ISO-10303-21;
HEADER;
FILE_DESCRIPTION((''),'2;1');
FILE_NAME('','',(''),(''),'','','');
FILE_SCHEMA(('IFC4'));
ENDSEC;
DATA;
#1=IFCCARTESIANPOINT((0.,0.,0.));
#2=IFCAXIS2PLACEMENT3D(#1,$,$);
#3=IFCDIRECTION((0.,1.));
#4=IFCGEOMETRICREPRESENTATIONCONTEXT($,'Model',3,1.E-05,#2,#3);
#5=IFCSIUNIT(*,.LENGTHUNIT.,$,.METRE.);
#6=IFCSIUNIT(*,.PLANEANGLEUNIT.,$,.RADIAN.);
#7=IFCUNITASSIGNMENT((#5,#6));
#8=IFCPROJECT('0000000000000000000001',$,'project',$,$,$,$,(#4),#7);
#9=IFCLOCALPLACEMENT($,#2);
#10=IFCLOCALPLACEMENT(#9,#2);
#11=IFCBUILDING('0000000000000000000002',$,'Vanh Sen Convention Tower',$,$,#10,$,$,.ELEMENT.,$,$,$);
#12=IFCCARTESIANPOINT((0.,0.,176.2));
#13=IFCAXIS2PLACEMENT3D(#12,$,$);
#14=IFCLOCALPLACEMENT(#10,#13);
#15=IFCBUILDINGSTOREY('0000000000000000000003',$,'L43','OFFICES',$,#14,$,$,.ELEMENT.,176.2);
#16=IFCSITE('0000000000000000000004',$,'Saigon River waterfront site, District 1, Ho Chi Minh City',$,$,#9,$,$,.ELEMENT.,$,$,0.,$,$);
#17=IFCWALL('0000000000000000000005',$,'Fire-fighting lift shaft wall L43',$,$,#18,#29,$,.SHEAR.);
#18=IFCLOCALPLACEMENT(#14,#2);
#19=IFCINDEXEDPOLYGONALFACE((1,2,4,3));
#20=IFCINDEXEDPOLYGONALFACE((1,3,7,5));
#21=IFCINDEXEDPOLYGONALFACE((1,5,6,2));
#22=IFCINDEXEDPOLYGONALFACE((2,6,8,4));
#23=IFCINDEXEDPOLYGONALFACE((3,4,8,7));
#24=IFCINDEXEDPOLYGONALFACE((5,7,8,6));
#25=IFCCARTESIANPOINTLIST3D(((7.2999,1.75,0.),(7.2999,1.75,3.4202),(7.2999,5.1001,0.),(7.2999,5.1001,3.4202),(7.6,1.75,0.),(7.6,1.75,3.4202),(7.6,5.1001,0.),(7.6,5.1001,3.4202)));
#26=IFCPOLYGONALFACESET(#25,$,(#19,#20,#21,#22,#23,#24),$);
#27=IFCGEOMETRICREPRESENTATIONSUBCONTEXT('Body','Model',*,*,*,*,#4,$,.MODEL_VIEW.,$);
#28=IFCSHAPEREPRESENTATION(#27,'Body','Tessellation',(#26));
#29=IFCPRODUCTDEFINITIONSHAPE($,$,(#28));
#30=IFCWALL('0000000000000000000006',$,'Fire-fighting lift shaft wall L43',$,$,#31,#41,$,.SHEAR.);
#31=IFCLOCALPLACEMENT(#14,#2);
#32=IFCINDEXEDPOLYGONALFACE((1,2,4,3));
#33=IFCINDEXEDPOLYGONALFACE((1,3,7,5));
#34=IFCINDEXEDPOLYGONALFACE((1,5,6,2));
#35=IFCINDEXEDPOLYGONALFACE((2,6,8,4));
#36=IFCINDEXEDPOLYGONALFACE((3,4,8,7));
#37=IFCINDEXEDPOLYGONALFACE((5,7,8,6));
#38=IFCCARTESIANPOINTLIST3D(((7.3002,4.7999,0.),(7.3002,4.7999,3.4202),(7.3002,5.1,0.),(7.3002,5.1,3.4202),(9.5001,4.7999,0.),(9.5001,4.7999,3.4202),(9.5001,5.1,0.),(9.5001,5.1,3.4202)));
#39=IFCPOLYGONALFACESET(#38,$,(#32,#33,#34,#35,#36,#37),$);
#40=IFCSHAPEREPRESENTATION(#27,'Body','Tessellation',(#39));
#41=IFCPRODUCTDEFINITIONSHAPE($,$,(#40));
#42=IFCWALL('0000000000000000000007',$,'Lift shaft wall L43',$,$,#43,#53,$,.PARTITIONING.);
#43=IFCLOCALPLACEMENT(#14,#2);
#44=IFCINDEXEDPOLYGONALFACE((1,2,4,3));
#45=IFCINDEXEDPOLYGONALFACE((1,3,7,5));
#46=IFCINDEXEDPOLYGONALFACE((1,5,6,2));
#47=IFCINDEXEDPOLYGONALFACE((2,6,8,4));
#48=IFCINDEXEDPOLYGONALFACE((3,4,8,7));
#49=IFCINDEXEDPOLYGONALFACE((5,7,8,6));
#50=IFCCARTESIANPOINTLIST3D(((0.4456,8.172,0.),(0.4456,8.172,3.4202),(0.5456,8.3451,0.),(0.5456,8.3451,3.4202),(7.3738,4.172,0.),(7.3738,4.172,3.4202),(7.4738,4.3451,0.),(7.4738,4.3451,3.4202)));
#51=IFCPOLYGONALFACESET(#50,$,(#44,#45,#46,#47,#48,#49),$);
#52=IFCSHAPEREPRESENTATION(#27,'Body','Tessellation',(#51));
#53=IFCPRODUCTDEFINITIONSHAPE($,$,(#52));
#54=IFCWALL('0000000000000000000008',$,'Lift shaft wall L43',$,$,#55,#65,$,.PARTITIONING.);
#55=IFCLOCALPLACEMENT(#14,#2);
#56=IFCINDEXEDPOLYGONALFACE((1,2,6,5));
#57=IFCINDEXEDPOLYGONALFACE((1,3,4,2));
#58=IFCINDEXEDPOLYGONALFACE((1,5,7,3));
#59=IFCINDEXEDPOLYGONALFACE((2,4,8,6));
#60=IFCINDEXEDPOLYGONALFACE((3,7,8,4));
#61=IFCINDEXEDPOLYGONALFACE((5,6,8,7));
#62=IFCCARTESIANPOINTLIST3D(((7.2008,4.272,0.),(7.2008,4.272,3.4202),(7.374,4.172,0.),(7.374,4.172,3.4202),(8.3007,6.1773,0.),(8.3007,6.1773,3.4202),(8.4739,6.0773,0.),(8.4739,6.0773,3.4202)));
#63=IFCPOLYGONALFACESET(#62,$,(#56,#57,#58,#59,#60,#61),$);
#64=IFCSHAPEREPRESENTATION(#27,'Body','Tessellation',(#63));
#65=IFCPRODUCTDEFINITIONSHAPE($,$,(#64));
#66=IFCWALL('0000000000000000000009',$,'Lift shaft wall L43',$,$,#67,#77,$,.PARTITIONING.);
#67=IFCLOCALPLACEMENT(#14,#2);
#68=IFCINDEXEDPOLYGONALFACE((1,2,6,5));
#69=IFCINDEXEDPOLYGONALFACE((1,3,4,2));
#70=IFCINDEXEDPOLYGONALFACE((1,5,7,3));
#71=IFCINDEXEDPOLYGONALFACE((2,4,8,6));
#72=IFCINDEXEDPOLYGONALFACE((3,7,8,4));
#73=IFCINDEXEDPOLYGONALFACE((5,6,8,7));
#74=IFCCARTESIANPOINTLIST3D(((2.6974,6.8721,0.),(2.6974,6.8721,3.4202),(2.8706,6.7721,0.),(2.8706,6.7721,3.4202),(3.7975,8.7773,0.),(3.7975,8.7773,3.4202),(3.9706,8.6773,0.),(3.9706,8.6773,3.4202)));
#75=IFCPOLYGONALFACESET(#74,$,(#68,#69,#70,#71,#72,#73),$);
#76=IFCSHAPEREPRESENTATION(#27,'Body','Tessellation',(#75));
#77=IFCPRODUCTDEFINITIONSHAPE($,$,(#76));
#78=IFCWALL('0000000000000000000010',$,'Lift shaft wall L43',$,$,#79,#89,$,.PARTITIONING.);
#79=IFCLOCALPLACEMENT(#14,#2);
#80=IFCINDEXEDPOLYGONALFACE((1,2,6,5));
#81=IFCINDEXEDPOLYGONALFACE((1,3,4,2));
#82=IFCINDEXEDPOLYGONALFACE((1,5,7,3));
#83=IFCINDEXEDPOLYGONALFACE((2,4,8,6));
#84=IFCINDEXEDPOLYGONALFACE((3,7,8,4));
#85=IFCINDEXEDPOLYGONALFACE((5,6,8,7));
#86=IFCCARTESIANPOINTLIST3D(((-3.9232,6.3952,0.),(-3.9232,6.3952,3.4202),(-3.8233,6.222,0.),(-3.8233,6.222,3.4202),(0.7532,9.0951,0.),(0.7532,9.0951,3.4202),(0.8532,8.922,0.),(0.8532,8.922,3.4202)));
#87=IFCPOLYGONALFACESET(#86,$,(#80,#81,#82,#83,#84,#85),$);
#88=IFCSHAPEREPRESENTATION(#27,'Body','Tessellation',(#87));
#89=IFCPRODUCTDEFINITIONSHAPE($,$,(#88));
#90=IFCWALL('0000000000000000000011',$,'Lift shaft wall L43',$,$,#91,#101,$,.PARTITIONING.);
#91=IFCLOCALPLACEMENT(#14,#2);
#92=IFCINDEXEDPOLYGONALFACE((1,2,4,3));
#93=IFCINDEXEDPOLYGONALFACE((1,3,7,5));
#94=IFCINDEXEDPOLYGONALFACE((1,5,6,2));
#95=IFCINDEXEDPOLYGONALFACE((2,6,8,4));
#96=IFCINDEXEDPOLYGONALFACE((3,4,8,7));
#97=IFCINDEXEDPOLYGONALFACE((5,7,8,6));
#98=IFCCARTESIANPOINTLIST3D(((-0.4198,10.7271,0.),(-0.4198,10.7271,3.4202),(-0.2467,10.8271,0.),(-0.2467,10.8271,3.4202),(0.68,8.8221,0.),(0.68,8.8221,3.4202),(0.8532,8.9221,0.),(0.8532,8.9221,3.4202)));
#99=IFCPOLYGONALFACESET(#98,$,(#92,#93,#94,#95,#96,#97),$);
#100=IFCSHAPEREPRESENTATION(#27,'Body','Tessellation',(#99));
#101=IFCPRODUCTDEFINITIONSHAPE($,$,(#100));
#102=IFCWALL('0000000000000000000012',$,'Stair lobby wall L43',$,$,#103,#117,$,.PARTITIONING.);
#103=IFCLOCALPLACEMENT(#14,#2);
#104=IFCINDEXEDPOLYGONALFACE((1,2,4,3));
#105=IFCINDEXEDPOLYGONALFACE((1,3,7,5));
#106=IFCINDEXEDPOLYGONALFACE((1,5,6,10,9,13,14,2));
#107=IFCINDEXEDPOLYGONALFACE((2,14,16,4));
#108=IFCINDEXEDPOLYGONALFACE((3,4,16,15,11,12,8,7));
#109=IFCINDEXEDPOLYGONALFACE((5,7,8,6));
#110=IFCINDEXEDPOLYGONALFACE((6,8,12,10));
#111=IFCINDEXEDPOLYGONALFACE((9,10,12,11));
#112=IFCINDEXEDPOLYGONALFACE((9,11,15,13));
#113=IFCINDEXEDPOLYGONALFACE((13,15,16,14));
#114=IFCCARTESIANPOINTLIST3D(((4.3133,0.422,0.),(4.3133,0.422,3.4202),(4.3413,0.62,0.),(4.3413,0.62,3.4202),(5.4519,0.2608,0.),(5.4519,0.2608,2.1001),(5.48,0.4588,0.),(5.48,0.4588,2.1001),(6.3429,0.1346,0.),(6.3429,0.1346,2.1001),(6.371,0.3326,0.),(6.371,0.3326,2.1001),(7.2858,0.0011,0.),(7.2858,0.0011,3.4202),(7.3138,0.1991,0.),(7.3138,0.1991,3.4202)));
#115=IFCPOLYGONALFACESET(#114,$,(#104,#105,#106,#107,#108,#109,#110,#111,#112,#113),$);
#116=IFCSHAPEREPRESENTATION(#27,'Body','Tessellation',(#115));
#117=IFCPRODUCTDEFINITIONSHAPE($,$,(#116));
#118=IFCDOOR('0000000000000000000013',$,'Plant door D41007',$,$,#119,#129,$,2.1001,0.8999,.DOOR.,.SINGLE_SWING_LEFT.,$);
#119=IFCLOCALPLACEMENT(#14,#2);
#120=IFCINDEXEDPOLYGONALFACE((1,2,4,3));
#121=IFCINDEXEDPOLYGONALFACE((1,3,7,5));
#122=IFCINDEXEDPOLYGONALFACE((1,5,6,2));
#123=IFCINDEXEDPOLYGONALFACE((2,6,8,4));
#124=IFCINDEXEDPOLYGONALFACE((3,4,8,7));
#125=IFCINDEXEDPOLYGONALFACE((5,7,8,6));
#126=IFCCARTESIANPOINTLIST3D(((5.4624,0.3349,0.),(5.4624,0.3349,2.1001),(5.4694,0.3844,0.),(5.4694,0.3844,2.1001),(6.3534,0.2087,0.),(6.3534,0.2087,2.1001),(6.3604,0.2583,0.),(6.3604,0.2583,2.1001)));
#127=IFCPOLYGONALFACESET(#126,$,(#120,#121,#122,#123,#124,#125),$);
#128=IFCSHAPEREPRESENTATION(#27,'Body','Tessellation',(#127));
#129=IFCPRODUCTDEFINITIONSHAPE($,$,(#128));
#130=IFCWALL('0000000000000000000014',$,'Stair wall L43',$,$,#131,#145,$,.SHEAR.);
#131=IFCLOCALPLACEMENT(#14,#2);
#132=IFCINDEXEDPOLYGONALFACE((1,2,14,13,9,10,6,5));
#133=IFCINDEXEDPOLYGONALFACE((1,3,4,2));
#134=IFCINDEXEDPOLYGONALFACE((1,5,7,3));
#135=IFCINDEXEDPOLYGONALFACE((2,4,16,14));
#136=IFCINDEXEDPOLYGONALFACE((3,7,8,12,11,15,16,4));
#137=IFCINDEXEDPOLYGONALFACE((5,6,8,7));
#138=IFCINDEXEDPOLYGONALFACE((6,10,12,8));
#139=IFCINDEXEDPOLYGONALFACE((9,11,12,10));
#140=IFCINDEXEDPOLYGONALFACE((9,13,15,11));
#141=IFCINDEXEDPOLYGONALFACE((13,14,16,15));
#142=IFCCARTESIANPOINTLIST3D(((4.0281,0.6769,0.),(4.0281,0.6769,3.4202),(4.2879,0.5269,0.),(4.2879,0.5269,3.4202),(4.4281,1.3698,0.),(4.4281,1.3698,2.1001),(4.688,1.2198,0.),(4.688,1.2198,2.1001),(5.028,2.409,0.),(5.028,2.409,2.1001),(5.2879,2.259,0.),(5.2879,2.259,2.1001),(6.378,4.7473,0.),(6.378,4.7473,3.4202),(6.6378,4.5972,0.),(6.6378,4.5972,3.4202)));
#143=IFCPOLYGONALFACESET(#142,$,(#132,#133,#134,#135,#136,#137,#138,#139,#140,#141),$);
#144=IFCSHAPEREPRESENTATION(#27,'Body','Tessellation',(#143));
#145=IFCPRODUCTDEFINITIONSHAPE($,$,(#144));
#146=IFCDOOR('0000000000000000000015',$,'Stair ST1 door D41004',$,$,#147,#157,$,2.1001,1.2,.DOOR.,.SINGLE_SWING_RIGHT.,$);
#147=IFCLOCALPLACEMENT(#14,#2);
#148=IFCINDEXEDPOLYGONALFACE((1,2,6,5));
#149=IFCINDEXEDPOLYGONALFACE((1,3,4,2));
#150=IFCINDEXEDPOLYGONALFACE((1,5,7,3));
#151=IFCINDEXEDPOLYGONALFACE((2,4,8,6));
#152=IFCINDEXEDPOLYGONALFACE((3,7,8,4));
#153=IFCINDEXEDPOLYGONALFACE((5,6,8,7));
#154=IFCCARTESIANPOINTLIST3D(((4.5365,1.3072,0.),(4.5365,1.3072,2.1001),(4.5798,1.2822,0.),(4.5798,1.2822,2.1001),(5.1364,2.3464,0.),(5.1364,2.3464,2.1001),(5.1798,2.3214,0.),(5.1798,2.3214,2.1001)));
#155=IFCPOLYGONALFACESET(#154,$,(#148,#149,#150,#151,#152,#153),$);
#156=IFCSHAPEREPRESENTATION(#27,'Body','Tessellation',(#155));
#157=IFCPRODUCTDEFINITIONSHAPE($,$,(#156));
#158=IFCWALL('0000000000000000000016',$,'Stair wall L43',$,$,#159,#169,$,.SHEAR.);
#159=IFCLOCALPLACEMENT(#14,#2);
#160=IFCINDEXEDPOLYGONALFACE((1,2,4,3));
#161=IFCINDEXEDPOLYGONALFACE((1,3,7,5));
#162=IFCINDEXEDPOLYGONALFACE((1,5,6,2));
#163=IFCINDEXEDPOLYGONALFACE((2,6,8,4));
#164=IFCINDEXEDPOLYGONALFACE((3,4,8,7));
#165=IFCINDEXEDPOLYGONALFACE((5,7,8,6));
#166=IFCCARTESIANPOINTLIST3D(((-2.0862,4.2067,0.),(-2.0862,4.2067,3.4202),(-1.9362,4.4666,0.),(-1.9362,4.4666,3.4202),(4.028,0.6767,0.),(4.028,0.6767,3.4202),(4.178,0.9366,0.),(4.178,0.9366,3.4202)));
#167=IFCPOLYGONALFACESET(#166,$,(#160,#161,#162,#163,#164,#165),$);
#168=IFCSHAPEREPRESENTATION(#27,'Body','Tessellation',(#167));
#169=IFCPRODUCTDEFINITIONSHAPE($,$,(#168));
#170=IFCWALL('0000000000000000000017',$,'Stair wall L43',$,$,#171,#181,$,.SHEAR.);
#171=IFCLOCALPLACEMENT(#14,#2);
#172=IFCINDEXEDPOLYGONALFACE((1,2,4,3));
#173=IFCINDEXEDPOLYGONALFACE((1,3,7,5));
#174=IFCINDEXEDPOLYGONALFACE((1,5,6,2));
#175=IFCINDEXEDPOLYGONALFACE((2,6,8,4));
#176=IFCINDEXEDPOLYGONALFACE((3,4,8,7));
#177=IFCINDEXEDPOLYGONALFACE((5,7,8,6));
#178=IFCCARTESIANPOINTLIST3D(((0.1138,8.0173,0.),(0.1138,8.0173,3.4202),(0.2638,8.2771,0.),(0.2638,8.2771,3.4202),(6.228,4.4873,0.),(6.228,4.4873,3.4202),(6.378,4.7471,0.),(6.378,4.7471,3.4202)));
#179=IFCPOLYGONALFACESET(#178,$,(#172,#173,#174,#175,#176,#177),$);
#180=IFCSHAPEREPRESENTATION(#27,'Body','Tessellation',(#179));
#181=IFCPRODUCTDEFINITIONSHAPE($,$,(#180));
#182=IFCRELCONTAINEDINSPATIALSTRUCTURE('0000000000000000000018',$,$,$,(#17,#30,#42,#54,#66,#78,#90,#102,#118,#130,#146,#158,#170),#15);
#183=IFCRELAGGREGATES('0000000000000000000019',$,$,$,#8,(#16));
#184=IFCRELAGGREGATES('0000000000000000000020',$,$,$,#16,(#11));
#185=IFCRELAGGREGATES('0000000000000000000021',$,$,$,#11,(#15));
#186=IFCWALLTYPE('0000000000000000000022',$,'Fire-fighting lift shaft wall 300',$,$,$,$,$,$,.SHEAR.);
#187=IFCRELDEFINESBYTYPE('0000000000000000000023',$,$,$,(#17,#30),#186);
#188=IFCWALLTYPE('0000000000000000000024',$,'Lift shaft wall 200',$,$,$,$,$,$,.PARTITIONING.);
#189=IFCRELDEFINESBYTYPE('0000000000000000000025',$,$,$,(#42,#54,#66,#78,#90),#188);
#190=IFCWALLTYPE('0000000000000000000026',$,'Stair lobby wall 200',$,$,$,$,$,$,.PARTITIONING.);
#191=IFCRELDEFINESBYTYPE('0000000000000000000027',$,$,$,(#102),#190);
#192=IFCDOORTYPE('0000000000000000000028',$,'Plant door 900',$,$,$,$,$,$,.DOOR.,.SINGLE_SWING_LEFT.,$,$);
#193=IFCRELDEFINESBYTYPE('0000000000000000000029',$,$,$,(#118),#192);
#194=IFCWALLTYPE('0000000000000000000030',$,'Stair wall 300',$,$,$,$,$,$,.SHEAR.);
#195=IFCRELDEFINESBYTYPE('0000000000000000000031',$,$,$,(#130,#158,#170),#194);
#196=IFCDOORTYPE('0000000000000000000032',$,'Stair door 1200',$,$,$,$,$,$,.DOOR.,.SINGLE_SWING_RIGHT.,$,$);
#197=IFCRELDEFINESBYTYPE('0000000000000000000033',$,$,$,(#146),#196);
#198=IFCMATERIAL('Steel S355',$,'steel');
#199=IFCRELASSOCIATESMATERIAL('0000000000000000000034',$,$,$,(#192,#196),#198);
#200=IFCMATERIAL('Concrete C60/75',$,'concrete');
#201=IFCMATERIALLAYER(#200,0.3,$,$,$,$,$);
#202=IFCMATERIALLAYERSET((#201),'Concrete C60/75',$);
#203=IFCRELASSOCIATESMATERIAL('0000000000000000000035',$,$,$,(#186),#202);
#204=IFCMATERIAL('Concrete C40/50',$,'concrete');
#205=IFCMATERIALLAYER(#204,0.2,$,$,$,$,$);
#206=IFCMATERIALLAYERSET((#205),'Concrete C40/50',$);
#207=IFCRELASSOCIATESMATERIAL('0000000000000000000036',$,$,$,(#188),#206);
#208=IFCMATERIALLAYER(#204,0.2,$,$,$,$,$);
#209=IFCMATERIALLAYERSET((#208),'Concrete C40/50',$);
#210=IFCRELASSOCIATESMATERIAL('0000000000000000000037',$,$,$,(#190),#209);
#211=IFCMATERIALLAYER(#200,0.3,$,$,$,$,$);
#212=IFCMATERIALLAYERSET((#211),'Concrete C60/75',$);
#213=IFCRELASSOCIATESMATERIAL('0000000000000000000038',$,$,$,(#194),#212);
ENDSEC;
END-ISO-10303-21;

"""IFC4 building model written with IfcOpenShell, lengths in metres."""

from ifc_helpers import new_model, si_unit, direction, frame, frame_2d, origin, place, context, subcontext, project, spatial, rectangle, extrude, material, layer, layer_set, type_object, element, fill, save


model = new_model("IFC4")

# Units and contexts
model_context = context("Model", 3, precision=1e-05, world=origin(), true_north=direction((0.0, 1.0)))
body_context = subcontext(model_context, "Body", "Model", "MODEL_VIEW")
ifc_project = project(units=[si_unit("LENGTHUNIT", "METRE"), si_unit("PLANEANGLEUNIT", "RADIAN")], contexts=[model_context])

# Site, building, storey
site_placement = place(None, origin())
site = spatial("IfcSite", under=ifc_project, at=site_placement, Name="Saigon River waterfront site, District 1, Ho Chi Minh City", CompositionType="ELEMENT", RefElevation=0.0)
building_placement = place(site_placement, origin())
building = spatial("IfcBuilding", under=site, at=building_placement, Name="Vanh Sen Convention Tower", CompositionType="ELEMENT")
storey_placement = place(building_placement, frame((0.0, 0.0, 176.2)))
storey = spatial("IfcBuildingStorey", under=building, at=storey_placement, Name="L43", Description="OFFICES", CompositionType="ELEMENT", Elevation=176.2)

# Shared definitions
ifc_material_1 = material(Name="Steel S355", Category="steel")
door_type_1 = type_object("IfcDoorType", Name="Plant door 900", OperationType="SINGLE_SWING_LEFT", PredefinedType="DOOR", material=ifc_material_1)

# Shared definitions
ifc_material_2 = material(Name="Concrete C60/75", Category="concrete")
ifc_layer_1 = layer(ifc_material_2, 0.3)
ifc_layer_set_1 = layer_set([ifc_layer_1], Name="Concrete C60/75")
wall_type_1 = type_object("IfcWallType", Name="Fire-fighting lift shaft wall 300", PredefinedType="SHEAR", material=ifc_layer_set_1)

# Walls
wall_1_placement = place(storey_placement, frame((7.45, 1.75, 0.0), z_axis=(0.0, 0.0, 1.0), x_axis=(0.0, 1.0, 0.0)))
element("IfcWall", 1, at=wall_1_placement, inside=storey, type_object=wall_type_1, Name="Fire-fighting lift shaft wall L43", PredefinedType="SHEAR", context=body_context, shape_type="SweptSolid", body=[
    extrude(rectangle(XDim=3.3501, YDim=0.3, at=frame_2d((1.675, 0.0))), origin(), (0.0, 0.0, 1.0), 3.4202),
])
wall_2_placement = place(storey_placement, frame((7.3, 4.95, 0.0), z_axis=(0.0, 0.0, 1.0), x_axis=(1.0, 0.0, 0.0)))
element("IfcWall", 2, at=wall_2_placement, inside=storey, type_object=wall_type_1, Name="Fire-fighting lift shaft wall L43", PredefinedType="SHEAR", context=body_context, shape_type="SweptSolid", body=[
    extrude(rectangle(XDim=2.2, YDim=0.3, at=frame_2d((1.1001, 0.0))), origin(), (0.0, 0.0, 1.0), 3.4202),
])
ifc_material_3 = material(Name="Concrete C40/50", Category="concrete")
ifc_layer_2 = layer(ifc_material_3, 0.2)
ifc_layer_set_2 = layer_set([ifc_layer_2], Name="Concrete C40/50")
wall_type_2 = type_object("IfcWallType", Name="Lift shaft wall 200", PredefinedType="PARTITIONING", material=ifc_layer_set_2)
wall_3_placement = place(storey_placement, frame((7.4238, 4.2585, 0.0), z_axis=(0.0, 0.0, 1.0), x_axis=(-0.866026, 0.499999, 0.0)))
element("IfcWall", 3, at=wall_3_placement, inside=storey, type_object=wall_type_2, Name="Lift shaft wall L43", PredefinedType="PARTITIONING", context=body_context, shape_type="SweptSolid", body=[
    extrude(rectangle(XDim=8.0, YDim=0.2, at=frame_2d((4.0, 0.0))), origin(), (0.0, 0.0, 1.0), 3.4202),
])
for number, where, z_axis, x_axis, name in (
    (4, (7.2874, 4.2219, 0.0), (0.0, 0.0, 1.0), (0.499947, 0.866056, 0.0), "Lift shaft wall L43"),
    (5, (2.7839, 6.822, 0.0), (0.0, 0.0, 1.0), (0.50003, 0.866008, 0.0), "Lift shaft wall L43"),
):
    element("IfcWall", number, at=place(storey_placement, frame(where, z_axis=z_axis, x_axis=x_axis)), inside=storey, type_object=wall_type_2, Name=name, PredefinedType="PARTITIONING", context=body_context, shape_type="SweptSolid", body=[
        extrude(rectangle(XDim=2.2, YDim=0.2, at=frame_2d((1.1001, 0.0))), origin(), (0.0, 0.0, 1.0), 3.4202),
    ])
wall_4_placement = place(storey_placement, frame((0.8032, 9.0085, 0.0), z_axis=(0.0, 0.0, 1.0), x_axis=(-0.866028, -0.499995, 0.0)))
element("IfcWall", 6, at=wall_4_placement, inside=storey, type_object=wall_type_2, Name="Lift shaft wall L43", PredefinedType="PARTITIONING", context=body_context, shape_type="SweptSolid", body=[
    extrude(rectangle(XDim=5.3999, YDim=0.2, at=frame_2d((2.7, 0.0))), origin(), (0.0, 0.0, 1.0), 3.4202),
])
wall_5_placement = place(storey_placement, frame((0.7666, 8.8721, 0.0), z_axis=(0.0, 0.0, 1.0), x_axis=(-0.499995, 0.866028, 0.0)))
element("IfcWall", 7, at=wall_5_placement, inside=storey, type_object=wall_type_2, Name="Lift shaft wall L43", PredefinedType="PARTITIONING", context=body_context, shape_type="SweptSolid", body=[
    extrude(rectangle(XDim=2.1997, YDim=0.2, at=frame_2d((1.0999, 0.0))), origin(), (0.0, 0.0, 1.0), 3.4202),
])

# Walls, openings, doors
ifc_layer_3 = layer(ifc_material_3, 0.2)
ifc_layer_set_3 = layer_set([ifc_layer_3], Name="Concrete C40/50")
wall_type_3 = type_object("IfcWallType", Name="Stair lobby wall 200", PredefinedType="PARTITIONING", material=ifc_layer_set_3)
wall_6_placement = place(storey_placement, frame((4.3274, 0.521, 0.0), z_axis=(0.0, 0.0, 1.0), x_axis=(0.990124, -0.140192, 0.0)))
wall_6 = element("IfcWall", 8, at=wall_6_placement, inside=storey, type_object=wall_type_3, Name="Stair lobby wall L43", PredefinedType="PARTITIONING", context=body_context, shape_type="SweptSolid", body=[
    extrude(rectangle(XDim=3.0022, YDim=0.2, at=frame_2d((1.501, 0.0))), origin(), (0.0, 0.0, 1.0), 3.4202),
])
opening_1_placement = place(wall_6_placement, frame((1.1499, 0.0, 0.0)))
opening_1 = element("IfcOpeningElement", 9, at=opening_1_placement, cuts=wall_6, PredefinedType="OPENING", context=body_context, shape_type="SweptSolid", body=[
    extrude(rectangle(XDim=0.8999, YDim=2.1001, at=frame_2d((0.45, 1.05))), frame((0.0, 0.1099, 0.0), z_axis=(0.0, -1.0, 0.0), x_axis=(1.0, 0.0, 0.0)), (0.0, 0.0, 1.0), 0.22),
])
door_1_placement = place(opening_1_placement, origin())
door_1 = element("IfcDoor", 10, at=door_1_placement, inside=storey, type_object=door_type_1, Name="Plant door D41007", OperationType="SINGLE_SWING_LEFT", OverallHeight=2.1001, OverallWidth=0.8999, PredefinedType="DOOR", context=body_context, shape_type="SweptSolid", body=[
    extrude(rectangle(XDim=0.8999, YDim=2.1001, at=frame_2d((0.45, 1.05))), frame((0.0, 0.0249, 0.0), z_axis=(0.0, -1.0, 0.0), x_axis=(1.0, 0.0, 0.0)), (0.0, 0.0, 1.0), 0.05),
])
fill(opening_1, door_1)
ifc_layer_4 = layer(ifc_material_2, 0.3)
ifc_layer_set_4 = layer_set([ifc_layer_4], Name="Concrete C60/75")
wall_type_4 = type_object("IfcWallType", Name="Stair wall 300", PredefinedType="SHEAR", material=ifc_layer_set_4)
wall_7_placement = place(storey_placement, frame((4.158, 0.6018, 0.0), z_axis=(0.0, 0.0, 1.0), x_axis=(0.499977, 0.866039, 0.0)))
wall_7 = element("IfcWall", 11, at=wall_7_placement, inside=storey, type_object=wall_type_4, Name="Stair wall L43", PredefinedType="SHEAR", context=body_context, shape_type="SweptSolid", body=[
    extrude(rectangle(XDim=4.7, YDim=0.3, at=frame_2d((2.3501, 0.0))), origin(), (0.0, 0.0, 1.0), 3.4202),
])
opening_2_placement = place(wall_7_placement, frame((0.8, 0.0, 0.0)))
opening_2 = element("IfcOpeningElement", 12, at=opening_2_placement, cuts=wall_7, PredefinedType="OPENING", context=body_context, shape_type="SweptSolid", body=[
    extrude(rectangle(XDim=1.2, YDim=2.1001, at=frame_2d((0.6001, 1.05))), frame((0.0, 0.1599, 0.0), z_axis=(0.0, -1.0, 0.0), x_axis=(1.0, 0.0, 0.0)), (0.0, 0.0, 1.0), 0.3201),
])
door_type_2 = type_object("IfcDoorType", Name="Stair door 1200", OperationType="SINGLE_SWING_RIGHT", PredefinedType="DOOR", material=ifc_material_1)
door_2_placement = place(opening_2_placement, origin())
door_2 = element("IfcDoor", 13, at=door_2_placement, inside=storey, type_object=door_type_2, Name="Stair ST1 door D41004", OperationType="SINGLE_SWING_RIGHT", OverallHeight=2.1001, OverallWidth=1.2, PredefinedType="DOOR", context=body_context, shape_type="SweptSolid", body=[
    extrude(rectangle(XDim=1.2, YDim=2.1001, at=frame_2d((0.6001, 1.05))), frame((0.0, 0.0249, 0.0), z_axis=(0.0, -1.0, 0.0), x_axis=(1.0, 0.0, 0.0)), (0.0, 0.0, 1.0), 0.05),
])
fill(opening_2, door_2)

# Walls
for number, where, z_axis, x_axis, name in (
    (14, (4.103, 0.8066, 0.0), (0.0, 0.0, 1.0), (-0.866028, 0.499996, 0.0), "Stair wall L43"),
    (15, (6.303, 4.6172, 0.0), (0.0, 0.0, 1.0), (-0.866028, 0.499996, 0.0), "Stair wall L43"),
):
    element("IfcWall", number, at=place(storey_placement, frame(where, z_axis=z_axis, x_axis=x_axis)), inside=storey, type_object=wall_type_4, Name=name, PredefinedType="SHEAR", context=body_context, shape_type="SweptSolid", body=[
        extrude(rectangle(XDim=7.0601, YDim=0.3, at=frame_2d((3.53, 0.0))), origin(), (0.0, 0.0, 1.0), 3.4202),
    ])

save(model, "model.ifc")
